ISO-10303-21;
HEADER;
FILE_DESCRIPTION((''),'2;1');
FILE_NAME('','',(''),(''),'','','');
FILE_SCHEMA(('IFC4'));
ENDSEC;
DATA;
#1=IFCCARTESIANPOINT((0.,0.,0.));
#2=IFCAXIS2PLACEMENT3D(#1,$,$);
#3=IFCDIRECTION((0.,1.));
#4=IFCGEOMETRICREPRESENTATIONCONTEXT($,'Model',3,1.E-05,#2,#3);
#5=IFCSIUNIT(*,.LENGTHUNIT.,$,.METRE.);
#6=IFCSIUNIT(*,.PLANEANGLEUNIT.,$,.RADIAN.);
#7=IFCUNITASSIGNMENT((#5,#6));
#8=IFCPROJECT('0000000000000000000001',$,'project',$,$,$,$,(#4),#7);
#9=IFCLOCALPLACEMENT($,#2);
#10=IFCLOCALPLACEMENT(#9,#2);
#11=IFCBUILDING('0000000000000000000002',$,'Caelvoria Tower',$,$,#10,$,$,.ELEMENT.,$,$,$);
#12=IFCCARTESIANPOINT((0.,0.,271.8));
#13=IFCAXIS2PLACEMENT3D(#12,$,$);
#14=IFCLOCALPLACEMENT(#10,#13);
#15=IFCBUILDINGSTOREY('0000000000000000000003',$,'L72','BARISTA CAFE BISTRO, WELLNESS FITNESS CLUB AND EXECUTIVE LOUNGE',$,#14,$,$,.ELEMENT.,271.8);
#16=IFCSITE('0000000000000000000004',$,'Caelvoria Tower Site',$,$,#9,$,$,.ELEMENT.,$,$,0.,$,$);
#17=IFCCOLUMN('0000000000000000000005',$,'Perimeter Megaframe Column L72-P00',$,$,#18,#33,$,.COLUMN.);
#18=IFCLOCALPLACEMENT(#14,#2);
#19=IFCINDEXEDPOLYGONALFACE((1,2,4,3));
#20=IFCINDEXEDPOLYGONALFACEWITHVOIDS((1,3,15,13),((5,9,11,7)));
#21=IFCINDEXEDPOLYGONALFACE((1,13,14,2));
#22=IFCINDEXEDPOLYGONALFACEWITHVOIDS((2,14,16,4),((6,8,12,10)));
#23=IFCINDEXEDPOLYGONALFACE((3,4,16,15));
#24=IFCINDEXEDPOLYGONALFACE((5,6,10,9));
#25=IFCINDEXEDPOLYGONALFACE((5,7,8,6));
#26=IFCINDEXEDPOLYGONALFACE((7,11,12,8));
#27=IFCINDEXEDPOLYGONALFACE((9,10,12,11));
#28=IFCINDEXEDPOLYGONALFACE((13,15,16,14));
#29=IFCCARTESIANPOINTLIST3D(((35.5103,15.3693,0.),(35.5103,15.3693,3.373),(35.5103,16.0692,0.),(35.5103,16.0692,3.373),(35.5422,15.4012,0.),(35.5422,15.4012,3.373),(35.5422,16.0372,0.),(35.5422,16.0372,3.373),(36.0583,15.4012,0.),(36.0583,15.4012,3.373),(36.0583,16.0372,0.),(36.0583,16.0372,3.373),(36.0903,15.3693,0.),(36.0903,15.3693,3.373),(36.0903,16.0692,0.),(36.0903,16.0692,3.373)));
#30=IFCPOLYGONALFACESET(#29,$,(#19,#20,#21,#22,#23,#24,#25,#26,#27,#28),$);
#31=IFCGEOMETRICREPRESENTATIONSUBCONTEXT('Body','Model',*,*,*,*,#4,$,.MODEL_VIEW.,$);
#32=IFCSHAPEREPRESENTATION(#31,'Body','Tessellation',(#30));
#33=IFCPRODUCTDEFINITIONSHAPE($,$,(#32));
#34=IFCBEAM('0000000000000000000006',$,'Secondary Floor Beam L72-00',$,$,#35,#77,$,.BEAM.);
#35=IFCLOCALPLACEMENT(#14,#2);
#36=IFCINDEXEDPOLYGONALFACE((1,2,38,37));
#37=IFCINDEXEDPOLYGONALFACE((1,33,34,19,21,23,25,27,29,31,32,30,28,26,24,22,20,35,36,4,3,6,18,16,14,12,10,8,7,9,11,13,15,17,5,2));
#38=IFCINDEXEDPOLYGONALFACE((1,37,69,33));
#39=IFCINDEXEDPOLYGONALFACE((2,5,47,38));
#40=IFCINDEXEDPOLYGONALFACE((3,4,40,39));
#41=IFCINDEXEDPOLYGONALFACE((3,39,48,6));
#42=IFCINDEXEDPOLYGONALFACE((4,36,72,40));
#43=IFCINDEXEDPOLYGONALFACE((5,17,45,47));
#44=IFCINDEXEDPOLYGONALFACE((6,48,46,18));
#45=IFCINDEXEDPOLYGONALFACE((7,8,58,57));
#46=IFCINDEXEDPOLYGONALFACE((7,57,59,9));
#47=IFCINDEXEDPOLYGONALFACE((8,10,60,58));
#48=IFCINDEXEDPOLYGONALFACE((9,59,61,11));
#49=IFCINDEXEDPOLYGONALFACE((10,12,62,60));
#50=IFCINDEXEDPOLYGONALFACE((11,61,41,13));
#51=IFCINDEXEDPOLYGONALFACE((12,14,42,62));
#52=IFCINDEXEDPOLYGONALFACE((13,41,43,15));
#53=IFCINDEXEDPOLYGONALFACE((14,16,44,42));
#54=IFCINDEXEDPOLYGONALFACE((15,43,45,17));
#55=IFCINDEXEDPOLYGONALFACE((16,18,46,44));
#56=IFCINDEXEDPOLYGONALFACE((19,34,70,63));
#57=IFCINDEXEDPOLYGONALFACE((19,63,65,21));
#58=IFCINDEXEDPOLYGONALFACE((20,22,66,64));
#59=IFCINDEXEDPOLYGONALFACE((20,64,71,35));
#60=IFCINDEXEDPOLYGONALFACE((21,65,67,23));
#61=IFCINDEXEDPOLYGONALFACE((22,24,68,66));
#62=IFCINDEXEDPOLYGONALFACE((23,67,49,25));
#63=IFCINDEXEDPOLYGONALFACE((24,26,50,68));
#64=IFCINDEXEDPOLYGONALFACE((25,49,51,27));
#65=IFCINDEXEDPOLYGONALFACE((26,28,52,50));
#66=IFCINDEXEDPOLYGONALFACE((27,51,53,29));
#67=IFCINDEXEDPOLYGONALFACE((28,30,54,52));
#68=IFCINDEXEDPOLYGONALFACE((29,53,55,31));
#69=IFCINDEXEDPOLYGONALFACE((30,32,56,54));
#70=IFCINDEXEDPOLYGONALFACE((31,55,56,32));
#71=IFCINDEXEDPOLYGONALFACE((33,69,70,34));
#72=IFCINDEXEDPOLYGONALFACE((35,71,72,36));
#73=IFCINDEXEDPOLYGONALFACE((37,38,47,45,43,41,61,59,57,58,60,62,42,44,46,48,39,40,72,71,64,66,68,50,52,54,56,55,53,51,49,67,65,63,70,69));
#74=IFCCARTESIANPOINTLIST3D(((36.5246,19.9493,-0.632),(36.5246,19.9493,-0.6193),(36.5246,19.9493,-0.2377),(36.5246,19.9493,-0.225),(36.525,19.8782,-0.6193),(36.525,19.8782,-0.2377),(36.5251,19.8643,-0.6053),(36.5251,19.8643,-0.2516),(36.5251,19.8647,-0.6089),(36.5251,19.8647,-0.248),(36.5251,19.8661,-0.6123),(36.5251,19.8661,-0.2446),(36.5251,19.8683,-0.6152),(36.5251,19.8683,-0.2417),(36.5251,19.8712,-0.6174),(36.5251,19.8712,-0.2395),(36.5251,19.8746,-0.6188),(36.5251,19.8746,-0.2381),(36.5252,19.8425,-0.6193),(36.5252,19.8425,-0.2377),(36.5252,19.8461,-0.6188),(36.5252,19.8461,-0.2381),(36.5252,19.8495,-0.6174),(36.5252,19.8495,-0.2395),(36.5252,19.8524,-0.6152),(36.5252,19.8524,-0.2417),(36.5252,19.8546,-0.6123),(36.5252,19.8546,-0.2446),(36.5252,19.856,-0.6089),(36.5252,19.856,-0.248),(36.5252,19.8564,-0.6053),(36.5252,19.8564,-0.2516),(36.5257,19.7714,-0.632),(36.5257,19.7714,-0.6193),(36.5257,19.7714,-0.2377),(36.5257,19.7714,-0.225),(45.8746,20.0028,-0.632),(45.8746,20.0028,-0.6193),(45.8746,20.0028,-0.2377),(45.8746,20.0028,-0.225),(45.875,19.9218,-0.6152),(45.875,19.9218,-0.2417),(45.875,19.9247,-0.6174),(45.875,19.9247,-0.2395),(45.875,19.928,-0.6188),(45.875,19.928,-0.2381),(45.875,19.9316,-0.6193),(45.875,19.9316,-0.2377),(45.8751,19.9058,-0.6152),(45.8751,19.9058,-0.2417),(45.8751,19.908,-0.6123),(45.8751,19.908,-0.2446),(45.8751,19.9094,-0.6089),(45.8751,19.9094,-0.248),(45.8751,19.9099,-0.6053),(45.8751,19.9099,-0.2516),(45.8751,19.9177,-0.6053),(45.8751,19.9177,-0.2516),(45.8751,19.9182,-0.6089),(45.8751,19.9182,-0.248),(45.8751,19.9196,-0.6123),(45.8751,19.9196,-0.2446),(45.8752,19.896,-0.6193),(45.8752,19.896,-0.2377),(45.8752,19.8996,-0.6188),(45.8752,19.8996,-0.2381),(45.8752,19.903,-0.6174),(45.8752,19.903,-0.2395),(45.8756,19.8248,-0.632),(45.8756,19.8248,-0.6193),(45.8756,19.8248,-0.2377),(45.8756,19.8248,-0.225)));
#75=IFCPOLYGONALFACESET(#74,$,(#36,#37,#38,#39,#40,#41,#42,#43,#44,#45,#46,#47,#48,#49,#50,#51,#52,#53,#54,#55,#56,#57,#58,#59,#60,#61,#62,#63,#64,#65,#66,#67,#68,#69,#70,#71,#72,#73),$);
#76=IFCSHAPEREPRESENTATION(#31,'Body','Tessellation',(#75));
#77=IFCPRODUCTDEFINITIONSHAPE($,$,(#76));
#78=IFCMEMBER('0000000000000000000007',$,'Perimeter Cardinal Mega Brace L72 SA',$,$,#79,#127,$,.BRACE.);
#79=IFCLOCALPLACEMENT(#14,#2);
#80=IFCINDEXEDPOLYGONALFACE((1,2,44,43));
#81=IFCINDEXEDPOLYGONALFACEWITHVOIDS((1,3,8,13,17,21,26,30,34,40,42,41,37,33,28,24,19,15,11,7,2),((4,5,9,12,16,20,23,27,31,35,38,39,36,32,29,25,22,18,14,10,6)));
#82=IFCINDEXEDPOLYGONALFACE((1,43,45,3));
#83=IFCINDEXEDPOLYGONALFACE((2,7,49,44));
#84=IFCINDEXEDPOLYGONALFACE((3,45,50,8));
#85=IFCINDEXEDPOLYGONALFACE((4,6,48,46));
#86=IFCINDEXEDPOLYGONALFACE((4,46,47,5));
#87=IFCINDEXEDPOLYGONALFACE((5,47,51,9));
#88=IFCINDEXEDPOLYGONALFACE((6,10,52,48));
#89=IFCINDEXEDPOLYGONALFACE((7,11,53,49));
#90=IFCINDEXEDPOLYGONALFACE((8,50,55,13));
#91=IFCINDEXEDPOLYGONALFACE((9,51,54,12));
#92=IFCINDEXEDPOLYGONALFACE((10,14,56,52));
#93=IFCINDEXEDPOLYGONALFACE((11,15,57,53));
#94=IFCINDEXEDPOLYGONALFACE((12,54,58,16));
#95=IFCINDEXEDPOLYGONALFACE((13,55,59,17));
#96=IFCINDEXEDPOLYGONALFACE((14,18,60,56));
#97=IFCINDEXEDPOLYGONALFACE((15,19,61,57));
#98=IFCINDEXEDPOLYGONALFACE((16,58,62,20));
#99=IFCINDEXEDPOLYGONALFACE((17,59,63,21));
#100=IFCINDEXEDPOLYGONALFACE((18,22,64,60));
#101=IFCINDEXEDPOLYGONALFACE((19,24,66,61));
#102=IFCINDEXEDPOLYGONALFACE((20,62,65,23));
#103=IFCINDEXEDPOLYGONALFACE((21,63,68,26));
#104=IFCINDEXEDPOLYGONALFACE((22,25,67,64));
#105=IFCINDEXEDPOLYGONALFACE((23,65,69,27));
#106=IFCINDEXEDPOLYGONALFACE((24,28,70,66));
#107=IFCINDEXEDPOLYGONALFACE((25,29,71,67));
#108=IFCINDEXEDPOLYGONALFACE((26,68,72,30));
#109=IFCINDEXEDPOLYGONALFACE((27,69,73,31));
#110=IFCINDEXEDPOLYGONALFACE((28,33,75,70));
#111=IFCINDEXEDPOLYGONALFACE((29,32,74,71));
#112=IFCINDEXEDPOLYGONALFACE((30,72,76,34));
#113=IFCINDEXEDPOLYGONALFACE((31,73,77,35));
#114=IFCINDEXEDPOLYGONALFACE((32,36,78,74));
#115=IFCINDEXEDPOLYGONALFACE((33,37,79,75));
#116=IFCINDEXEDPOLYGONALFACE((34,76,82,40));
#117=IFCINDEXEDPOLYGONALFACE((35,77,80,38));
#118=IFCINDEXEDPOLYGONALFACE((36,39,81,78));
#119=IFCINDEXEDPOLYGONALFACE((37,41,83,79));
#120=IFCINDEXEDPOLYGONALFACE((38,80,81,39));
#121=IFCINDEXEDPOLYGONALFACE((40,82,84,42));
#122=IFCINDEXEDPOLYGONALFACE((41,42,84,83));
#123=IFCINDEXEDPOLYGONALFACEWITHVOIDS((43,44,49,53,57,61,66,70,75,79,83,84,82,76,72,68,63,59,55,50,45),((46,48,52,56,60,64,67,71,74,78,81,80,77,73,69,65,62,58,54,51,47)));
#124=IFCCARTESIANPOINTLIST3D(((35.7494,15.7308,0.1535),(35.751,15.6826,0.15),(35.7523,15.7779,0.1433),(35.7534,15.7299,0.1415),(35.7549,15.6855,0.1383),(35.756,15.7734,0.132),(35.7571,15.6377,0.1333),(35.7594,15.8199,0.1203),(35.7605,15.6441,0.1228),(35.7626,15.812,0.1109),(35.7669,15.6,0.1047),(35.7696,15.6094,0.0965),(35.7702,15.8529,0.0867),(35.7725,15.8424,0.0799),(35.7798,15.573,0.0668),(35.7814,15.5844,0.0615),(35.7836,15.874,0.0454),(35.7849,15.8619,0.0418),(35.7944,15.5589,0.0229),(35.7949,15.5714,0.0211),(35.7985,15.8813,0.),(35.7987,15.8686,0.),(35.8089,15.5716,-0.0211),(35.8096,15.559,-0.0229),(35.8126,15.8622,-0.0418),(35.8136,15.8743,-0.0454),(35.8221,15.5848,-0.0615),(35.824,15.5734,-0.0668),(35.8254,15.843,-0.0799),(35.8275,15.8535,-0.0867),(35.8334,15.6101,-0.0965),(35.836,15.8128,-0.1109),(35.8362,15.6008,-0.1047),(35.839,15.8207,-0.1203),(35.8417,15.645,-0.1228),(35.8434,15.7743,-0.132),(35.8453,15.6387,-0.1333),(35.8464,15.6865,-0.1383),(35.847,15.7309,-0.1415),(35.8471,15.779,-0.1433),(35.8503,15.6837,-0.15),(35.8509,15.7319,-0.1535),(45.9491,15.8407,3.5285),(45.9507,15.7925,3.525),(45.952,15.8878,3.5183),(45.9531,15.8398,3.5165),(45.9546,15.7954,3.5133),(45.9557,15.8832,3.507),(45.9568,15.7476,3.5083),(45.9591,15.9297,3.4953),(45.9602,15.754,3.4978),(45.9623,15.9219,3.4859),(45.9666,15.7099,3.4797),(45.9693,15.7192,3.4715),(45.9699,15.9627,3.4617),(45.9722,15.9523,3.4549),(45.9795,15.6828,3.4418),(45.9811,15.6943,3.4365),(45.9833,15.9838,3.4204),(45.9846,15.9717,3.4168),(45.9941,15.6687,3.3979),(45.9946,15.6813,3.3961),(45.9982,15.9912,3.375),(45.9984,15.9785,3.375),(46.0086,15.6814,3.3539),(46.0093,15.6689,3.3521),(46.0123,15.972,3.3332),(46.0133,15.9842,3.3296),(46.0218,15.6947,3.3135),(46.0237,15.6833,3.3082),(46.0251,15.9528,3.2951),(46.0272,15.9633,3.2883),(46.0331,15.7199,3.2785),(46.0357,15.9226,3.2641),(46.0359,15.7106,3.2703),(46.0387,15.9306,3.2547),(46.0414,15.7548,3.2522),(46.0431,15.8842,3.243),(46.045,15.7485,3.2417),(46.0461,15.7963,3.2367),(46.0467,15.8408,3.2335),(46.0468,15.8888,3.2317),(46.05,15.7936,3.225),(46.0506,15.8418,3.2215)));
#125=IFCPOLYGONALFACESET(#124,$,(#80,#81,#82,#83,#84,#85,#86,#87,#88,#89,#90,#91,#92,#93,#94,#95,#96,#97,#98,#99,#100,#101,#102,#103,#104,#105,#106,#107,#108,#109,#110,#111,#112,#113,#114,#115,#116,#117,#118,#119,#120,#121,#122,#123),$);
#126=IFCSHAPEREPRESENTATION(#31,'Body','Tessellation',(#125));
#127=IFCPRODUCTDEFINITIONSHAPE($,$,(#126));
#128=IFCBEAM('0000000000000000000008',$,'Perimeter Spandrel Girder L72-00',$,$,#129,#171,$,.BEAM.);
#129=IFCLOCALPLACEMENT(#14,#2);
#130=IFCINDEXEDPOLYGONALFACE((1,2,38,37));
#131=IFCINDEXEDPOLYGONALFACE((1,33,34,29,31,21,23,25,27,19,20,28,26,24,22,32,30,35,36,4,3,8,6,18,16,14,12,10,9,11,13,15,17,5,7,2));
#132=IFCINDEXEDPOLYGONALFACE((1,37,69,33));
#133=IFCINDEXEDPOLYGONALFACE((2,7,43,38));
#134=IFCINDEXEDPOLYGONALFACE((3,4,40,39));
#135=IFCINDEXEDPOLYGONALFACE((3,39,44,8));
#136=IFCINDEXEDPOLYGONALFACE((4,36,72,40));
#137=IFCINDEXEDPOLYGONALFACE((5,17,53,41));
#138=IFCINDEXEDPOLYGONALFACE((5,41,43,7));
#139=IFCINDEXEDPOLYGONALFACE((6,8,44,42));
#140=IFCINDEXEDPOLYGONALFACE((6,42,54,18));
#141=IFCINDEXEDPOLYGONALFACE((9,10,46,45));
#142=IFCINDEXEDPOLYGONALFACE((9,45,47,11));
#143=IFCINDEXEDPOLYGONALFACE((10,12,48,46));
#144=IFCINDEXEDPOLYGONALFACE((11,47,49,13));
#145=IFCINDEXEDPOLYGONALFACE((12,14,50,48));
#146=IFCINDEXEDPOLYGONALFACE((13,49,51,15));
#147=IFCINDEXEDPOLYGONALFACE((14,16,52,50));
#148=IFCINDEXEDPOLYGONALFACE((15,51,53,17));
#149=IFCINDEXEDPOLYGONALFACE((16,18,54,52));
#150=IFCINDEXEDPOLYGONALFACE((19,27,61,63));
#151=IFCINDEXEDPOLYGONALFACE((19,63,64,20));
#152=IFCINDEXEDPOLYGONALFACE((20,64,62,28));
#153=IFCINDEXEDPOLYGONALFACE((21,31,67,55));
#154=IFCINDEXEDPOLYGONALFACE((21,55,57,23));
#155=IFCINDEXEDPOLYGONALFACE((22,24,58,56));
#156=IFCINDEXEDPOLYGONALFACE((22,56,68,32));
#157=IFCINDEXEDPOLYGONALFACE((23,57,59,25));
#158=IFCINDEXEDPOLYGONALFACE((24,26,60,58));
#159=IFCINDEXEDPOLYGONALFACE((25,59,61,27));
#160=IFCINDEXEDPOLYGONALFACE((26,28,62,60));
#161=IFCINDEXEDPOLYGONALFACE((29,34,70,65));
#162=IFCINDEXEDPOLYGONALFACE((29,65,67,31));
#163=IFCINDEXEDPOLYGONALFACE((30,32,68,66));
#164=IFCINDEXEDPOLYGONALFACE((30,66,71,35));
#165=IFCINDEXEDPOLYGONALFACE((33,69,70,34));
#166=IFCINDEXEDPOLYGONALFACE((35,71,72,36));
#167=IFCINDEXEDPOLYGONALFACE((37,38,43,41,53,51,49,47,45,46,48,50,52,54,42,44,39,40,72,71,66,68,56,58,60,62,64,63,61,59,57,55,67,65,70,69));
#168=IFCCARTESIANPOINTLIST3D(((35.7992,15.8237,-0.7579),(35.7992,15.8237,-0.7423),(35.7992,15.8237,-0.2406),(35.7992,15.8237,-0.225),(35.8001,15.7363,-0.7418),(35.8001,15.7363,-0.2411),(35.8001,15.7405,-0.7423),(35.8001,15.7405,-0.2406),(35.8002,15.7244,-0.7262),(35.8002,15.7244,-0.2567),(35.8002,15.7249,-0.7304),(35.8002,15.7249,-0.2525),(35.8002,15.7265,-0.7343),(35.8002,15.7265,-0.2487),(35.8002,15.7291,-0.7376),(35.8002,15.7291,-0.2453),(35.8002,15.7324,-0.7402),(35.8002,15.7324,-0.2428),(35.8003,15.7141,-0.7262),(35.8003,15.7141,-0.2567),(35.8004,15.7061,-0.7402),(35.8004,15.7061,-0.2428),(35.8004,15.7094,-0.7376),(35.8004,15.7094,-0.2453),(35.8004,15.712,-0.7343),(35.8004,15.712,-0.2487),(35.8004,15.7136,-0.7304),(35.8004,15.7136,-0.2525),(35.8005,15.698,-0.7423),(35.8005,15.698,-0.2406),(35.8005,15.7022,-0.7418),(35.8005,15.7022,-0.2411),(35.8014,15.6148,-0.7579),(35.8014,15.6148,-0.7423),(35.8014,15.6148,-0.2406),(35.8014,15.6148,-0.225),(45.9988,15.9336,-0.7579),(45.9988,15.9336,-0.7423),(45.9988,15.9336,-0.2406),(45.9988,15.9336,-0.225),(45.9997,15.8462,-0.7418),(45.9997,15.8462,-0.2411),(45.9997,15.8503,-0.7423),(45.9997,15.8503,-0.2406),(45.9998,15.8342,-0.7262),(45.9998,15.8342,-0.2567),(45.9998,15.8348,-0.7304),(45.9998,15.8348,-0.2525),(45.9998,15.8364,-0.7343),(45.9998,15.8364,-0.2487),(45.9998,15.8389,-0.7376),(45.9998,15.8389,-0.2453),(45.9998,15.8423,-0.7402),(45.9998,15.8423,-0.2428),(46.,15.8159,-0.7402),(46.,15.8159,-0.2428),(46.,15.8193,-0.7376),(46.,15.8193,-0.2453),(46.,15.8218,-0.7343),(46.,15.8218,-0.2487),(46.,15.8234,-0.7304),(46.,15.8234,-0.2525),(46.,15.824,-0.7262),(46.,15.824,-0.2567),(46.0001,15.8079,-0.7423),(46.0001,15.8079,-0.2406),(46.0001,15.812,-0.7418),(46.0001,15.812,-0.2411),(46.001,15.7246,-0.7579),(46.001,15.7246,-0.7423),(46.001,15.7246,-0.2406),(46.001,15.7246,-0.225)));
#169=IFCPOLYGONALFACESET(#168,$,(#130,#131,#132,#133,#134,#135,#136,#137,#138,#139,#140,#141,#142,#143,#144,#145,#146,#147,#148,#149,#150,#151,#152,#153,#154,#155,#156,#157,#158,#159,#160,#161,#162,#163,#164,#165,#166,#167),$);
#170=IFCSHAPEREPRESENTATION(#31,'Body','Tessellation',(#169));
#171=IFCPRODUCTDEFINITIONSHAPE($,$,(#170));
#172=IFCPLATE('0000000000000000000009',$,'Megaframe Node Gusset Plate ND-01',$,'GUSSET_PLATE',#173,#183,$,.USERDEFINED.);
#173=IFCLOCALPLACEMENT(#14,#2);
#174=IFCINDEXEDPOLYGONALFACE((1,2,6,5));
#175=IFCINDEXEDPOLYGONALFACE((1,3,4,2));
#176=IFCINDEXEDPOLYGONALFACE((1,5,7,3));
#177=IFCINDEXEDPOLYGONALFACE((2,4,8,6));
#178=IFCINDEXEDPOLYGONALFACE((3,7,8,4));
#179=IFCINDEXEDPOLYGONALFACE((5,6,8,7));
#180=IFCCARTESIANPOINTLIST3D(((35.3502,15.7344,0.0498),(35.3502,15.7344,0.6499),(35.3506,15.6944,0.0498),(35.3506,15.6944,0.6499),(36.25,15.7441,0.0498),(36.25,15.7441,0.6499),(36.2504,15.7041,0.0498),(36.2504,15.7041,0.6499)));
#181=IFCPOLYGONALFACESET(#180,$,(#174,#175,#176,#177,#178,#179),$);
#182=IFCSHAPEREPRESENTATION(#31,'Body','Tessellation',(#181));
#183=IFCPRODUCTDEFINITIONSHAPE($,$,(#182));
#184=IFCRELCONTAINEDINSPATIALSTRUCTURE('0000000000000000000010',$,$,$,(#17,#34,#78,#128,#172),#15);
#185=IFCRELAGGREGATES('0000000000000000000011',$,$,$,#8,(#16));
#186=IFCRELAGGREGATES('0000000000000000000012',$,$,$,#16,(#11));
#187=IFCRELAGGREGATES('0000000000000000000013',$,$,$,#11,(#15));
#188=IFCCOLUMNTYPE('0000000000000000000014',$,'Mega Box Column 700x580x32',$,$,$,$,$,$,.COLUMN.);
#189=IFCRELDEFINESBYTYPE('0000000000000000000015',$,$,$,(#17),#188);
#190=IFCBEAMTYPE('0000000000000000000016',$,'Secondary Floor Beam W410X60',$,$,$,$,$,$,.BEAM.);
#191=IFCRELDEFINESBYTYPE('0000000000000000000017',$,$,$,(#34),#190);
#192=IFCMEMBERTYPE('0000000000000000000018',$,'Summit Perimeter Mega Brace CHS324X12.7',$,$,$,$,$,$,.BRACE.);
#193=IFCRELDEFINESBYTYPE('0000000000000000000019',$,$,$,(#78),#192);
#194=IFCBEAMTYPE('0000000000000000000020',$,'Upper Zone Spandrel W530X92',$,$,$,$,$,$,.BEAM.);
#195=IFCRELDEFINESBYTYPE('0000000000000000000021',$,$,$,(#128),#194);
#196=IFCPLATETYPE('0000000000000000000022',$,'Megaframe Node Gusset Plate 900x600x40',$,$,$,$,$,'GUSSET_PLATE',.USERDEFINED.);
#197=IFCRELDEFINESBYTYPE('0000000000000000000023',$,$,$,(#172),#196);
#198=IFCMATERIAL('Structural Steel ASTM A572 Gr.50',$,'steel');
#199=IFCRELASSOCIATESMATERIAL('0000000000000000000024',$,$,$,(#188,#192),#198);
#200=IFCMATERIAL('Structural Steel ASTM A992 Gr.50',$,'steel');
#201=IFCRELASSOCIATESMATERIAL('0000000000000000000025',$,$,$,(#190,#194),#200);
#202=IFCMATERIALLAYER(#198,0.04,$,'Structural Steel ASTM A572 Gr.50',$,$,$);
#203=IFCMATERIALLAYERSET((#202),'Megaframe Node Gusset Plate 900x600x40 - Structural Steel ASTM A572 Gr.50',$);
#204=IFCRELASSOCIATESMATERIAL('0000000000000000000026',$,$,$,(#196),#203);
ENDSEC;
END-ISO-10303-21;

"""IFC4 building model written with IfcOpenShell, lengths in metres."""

from ifc_helpers import new_model, si_unit, direction, frame, origin, origin_2d, place, context, subcontext, project, spatial, rectangle, hollow_rectangle, hollow_circle, i_section, extrude, material, layer, layer_set, material_profile, profile_set, type_object, element, save


model = new_model("IFC4")

# Units and contexts
model_context = context("Model", 3, precision=1e-05, world=origin(), true_north=direction((0.0, 1.0)))
body_context = subcontext(model_context, "Body", "Model", "MODEL_VIEW")
ifc_project = project(units=[si_unit("LENGTHUNIT", "METRE"), si_unit("PLANEANGLEUNIT", "RADIAN")], contexts=[model_context])

# Site, building, storey
site_placement = place(None, origin())
site = spatial("IfcSite", under=ifc_project, at=site_placement, Name="Caelvoria Tower Site", CompositionType="ELEMENT", RefElevation=0.0)
building_placement = place(site_placement, origin())
building = spatial("IfcBuilding", under=site, at=building_placement, Name="Caelvoria Tower", CompositionType="ELEMENT")
storey_placement = place(building_placement, frame((0.0, 0.0, 271.8)))
storey = spatial("IfcBuildingStorey", under=building, at=storey_placement, Name="L72", Description="BARISTA CAFE BISTRO, WELLNESS FITNESS CLUB AND EXECUTIVE LOUNGE", CompositionType="ELEMENT", Elevation=271.8)

# Column
ifc_material_1 = material(Name="Structural Steel ASTM A572 Gr.50", Category="steel")
ifc_material_profile_1 = material_profile(ifc_material_1, hollow_rectangle(XDim=0.5801, YDim=0.7, WallThickness=0.032, at=origin_2d()), Name="Structural Steel ASTM A572 Gr.50")
ifc_profile_set_1 = profile_set([ifc_material_profile_1], Name="BOX700X580X32 - Structural Steel ASTM A572 Gr.50")
column_type = type_object("IfcColumnType", Name="Mega Box Column 700x580x32", PredefinedType="COLUMN", material=ifc_profile_set_1)
column_placement = place(storey_placement, frame((35.8003, 15.7192, 0.0), z_axis=(0.0, 0.0, 1.0), x_axis=(1.0, 0.0, 0.0)))
element("IfcColumn", 1, at=column_placement, inside=storey, type_object=column_type, Name="Perimeter Megaframe Column L72-P00", PredefinedType="COLUMN", context=body_context, shape_type="SweptSolid", body=[
    extrude(hollow_rectangle(XDim=0.5801, YDim=0.7, WallThickness=0.032, at=origin_2d()), origin(), (0.0, 0.0, 1.0), 3.373),
])

# Beam
ifc_material_2 = material(Name="Structural Steel ASTM A992 Gr.50", Category="steel")
ifc_material_profile_2 = material_profile(ifc_material_2, i_section(OverallWidth=0.178, OverallDepth=0.407, WebThickness=0.0078, FlangeThickness=0.0127, FilletRadius=0.0139, at=origin_2d()), Name="Structural Steel ASTM A992 Gr.50")
ifc_profile_set_2 = profile_set([ifc_material_profile_2], Name="W410X60 - Structural Steel ASTM A992 Gr.50")
beam_type_1 = type_object("IfcBeamType", Name="Secondary Floor Beam W410X60", PredefinedType="BEAM", material=ifc_profile_set_2)
beam_1_placement = place(storey_placement, frame((36.5251, 19.8604, -0.4285), z_axis=(0.999984, 0.005718, 0.0), x_axis=(-0.005718, 0.999984, 0.0)))
element("IfcBeam", 2, at=beam_1_placement, inside=storey, type_object=beam_type_1, Name="Secondary Floor Beam L72-00", PredefinedType="BEAM", context=body_context, shape_type="SweptSolid", body=[
    extrude(i_section(OverallWidth=0.178, OverallDepth=0.407, WebThickness=0.0078, FlangeThickness=0.0127, FilletRadius=0.0139, at=origin_2d()), origin(), (0.0, 0.0, 1.0), 9.3501),
])

# Member
ifc_material_profile_3 = material_profile(ifc_material_1, hollow_circle(Radius=0.1621, WallThickness=0.0127, at=origin_2d()), Name="Structural Steel ASTM A572 Gr.50")
ifc_profile_set_3 = profile_set([ifc_material_profile_3], Name="CHS324X12.7 - Structural Steel ASTM A572 Gr.50")
member_type = type_object("IfcMemberType", Name="Summit Perimeter Mega Brace CHS324X12.7", PredefinedType="BRACE", material=ifc_profile_set_3)
member_placement = place(storey_placement, frame((35.8003, 15.7192, 0.0), z_axis=(0.949327, 0.010225, 0.314124), x_axis=(-0.010771, 0.999942, 0.0)))
element("IfcMember", 3, at=member_placement, inside=storey, type_object=member_type, Name="Perimeter Cardinal Mega Brace L72 SA", PredefinedType="BRACE", context=body_context, shape_type="SweptSolid", body=[
    extrude(hollow_circle(Radius=0.1621, WallThickness=0.0127, at=origin_2d()), origin(), (0.0, 0.0, 1.0), 10.7441),
])

# Beam
ifc_material_profile_4 = material_profile(ifc_material_2, i_section(OverallWidth=0.209, OverallDepth=0.533, WebThickness=0.0103, FlangeThickness=0.0156, FilletRadius=0.0161, at=origin_2d()), Name="Structural Steel ASTM A992 Gr.50")
ifc_profile_set_4 = profile_set([ifc_material_profile_4], Name="W530X92 - Structural Steel ASTM A992 Gr.50")
beam_type_2 = type_object("IfcBeamType", Name="Upper Zone Spandrel W530X92", PredefinedType="BEAM", material=ifc_profile_set_4)
beam_2_placement = place(storey_placement, frame((35.8003, 15.7192, -0.4915), z_axis=(0.999942, 0.010771, 0.0), x_axis=(-0.010771, 0.999942, 0.0)))
element("IfcBeam", 4, at=beam_2_placement, inside=storey, type_object=beam_type_2, Name="Perimeter Spandrel Girder L72-00", PredefinedType="BEAM", context=body_context, shape_type="SweptSolid", body=[
    extrude(i_section(OverallWidth=0.209, OverallDepth=0.533, WebThickness=0.0103, FlangeThickness=0.0156, FilletRadius=0.0161, at=origin_2d()), origin(), (0.0, 0.0, 1.0), 10.2002),
])

# Plate
ifc_layer_1 = layer(ifc_material_1, 0.04, Name="Structural Steel ASTM A572 Gr.50")
ifc_layer_set_1 = layer_set([ifc_layer_1], Name="Megaframe Node Gusset Plate 900x600x40 - Structural Steel ASTM A572 Gr.50")
plate_type = type_object("IfcPlateType", Name="Megaframe Node Gusset Plate 900x600x40", ElementType="GUSSET_PLATE", PredefinedType="USERDEFINED", material=ifc_layer_set_1)
plate_placement = place(storey_placement, frame((35.8003, 15.7192, 0.0498), z_axis=(0.0, 0.0, 1.0), x_axis=(0.999942, 0.010765, 0.0)))
element("IfcPlate", 5, at=plate_placement, inside=storey, type_object=plate_type, Name="Megaframe Node Gusset Plate ND-01", ObjectType="GUSSET_PLATE", PredefinedType="USERDEFINED", context=body_context, shape_type="SweptSolid", body=[
    extrude(rectangle(XDim=0.8999, YDim=0.04, at=origin_2d()), origin(), (0.0, 0.0, 1.0), 0.6001),
])

save(model, "model.ifc")
